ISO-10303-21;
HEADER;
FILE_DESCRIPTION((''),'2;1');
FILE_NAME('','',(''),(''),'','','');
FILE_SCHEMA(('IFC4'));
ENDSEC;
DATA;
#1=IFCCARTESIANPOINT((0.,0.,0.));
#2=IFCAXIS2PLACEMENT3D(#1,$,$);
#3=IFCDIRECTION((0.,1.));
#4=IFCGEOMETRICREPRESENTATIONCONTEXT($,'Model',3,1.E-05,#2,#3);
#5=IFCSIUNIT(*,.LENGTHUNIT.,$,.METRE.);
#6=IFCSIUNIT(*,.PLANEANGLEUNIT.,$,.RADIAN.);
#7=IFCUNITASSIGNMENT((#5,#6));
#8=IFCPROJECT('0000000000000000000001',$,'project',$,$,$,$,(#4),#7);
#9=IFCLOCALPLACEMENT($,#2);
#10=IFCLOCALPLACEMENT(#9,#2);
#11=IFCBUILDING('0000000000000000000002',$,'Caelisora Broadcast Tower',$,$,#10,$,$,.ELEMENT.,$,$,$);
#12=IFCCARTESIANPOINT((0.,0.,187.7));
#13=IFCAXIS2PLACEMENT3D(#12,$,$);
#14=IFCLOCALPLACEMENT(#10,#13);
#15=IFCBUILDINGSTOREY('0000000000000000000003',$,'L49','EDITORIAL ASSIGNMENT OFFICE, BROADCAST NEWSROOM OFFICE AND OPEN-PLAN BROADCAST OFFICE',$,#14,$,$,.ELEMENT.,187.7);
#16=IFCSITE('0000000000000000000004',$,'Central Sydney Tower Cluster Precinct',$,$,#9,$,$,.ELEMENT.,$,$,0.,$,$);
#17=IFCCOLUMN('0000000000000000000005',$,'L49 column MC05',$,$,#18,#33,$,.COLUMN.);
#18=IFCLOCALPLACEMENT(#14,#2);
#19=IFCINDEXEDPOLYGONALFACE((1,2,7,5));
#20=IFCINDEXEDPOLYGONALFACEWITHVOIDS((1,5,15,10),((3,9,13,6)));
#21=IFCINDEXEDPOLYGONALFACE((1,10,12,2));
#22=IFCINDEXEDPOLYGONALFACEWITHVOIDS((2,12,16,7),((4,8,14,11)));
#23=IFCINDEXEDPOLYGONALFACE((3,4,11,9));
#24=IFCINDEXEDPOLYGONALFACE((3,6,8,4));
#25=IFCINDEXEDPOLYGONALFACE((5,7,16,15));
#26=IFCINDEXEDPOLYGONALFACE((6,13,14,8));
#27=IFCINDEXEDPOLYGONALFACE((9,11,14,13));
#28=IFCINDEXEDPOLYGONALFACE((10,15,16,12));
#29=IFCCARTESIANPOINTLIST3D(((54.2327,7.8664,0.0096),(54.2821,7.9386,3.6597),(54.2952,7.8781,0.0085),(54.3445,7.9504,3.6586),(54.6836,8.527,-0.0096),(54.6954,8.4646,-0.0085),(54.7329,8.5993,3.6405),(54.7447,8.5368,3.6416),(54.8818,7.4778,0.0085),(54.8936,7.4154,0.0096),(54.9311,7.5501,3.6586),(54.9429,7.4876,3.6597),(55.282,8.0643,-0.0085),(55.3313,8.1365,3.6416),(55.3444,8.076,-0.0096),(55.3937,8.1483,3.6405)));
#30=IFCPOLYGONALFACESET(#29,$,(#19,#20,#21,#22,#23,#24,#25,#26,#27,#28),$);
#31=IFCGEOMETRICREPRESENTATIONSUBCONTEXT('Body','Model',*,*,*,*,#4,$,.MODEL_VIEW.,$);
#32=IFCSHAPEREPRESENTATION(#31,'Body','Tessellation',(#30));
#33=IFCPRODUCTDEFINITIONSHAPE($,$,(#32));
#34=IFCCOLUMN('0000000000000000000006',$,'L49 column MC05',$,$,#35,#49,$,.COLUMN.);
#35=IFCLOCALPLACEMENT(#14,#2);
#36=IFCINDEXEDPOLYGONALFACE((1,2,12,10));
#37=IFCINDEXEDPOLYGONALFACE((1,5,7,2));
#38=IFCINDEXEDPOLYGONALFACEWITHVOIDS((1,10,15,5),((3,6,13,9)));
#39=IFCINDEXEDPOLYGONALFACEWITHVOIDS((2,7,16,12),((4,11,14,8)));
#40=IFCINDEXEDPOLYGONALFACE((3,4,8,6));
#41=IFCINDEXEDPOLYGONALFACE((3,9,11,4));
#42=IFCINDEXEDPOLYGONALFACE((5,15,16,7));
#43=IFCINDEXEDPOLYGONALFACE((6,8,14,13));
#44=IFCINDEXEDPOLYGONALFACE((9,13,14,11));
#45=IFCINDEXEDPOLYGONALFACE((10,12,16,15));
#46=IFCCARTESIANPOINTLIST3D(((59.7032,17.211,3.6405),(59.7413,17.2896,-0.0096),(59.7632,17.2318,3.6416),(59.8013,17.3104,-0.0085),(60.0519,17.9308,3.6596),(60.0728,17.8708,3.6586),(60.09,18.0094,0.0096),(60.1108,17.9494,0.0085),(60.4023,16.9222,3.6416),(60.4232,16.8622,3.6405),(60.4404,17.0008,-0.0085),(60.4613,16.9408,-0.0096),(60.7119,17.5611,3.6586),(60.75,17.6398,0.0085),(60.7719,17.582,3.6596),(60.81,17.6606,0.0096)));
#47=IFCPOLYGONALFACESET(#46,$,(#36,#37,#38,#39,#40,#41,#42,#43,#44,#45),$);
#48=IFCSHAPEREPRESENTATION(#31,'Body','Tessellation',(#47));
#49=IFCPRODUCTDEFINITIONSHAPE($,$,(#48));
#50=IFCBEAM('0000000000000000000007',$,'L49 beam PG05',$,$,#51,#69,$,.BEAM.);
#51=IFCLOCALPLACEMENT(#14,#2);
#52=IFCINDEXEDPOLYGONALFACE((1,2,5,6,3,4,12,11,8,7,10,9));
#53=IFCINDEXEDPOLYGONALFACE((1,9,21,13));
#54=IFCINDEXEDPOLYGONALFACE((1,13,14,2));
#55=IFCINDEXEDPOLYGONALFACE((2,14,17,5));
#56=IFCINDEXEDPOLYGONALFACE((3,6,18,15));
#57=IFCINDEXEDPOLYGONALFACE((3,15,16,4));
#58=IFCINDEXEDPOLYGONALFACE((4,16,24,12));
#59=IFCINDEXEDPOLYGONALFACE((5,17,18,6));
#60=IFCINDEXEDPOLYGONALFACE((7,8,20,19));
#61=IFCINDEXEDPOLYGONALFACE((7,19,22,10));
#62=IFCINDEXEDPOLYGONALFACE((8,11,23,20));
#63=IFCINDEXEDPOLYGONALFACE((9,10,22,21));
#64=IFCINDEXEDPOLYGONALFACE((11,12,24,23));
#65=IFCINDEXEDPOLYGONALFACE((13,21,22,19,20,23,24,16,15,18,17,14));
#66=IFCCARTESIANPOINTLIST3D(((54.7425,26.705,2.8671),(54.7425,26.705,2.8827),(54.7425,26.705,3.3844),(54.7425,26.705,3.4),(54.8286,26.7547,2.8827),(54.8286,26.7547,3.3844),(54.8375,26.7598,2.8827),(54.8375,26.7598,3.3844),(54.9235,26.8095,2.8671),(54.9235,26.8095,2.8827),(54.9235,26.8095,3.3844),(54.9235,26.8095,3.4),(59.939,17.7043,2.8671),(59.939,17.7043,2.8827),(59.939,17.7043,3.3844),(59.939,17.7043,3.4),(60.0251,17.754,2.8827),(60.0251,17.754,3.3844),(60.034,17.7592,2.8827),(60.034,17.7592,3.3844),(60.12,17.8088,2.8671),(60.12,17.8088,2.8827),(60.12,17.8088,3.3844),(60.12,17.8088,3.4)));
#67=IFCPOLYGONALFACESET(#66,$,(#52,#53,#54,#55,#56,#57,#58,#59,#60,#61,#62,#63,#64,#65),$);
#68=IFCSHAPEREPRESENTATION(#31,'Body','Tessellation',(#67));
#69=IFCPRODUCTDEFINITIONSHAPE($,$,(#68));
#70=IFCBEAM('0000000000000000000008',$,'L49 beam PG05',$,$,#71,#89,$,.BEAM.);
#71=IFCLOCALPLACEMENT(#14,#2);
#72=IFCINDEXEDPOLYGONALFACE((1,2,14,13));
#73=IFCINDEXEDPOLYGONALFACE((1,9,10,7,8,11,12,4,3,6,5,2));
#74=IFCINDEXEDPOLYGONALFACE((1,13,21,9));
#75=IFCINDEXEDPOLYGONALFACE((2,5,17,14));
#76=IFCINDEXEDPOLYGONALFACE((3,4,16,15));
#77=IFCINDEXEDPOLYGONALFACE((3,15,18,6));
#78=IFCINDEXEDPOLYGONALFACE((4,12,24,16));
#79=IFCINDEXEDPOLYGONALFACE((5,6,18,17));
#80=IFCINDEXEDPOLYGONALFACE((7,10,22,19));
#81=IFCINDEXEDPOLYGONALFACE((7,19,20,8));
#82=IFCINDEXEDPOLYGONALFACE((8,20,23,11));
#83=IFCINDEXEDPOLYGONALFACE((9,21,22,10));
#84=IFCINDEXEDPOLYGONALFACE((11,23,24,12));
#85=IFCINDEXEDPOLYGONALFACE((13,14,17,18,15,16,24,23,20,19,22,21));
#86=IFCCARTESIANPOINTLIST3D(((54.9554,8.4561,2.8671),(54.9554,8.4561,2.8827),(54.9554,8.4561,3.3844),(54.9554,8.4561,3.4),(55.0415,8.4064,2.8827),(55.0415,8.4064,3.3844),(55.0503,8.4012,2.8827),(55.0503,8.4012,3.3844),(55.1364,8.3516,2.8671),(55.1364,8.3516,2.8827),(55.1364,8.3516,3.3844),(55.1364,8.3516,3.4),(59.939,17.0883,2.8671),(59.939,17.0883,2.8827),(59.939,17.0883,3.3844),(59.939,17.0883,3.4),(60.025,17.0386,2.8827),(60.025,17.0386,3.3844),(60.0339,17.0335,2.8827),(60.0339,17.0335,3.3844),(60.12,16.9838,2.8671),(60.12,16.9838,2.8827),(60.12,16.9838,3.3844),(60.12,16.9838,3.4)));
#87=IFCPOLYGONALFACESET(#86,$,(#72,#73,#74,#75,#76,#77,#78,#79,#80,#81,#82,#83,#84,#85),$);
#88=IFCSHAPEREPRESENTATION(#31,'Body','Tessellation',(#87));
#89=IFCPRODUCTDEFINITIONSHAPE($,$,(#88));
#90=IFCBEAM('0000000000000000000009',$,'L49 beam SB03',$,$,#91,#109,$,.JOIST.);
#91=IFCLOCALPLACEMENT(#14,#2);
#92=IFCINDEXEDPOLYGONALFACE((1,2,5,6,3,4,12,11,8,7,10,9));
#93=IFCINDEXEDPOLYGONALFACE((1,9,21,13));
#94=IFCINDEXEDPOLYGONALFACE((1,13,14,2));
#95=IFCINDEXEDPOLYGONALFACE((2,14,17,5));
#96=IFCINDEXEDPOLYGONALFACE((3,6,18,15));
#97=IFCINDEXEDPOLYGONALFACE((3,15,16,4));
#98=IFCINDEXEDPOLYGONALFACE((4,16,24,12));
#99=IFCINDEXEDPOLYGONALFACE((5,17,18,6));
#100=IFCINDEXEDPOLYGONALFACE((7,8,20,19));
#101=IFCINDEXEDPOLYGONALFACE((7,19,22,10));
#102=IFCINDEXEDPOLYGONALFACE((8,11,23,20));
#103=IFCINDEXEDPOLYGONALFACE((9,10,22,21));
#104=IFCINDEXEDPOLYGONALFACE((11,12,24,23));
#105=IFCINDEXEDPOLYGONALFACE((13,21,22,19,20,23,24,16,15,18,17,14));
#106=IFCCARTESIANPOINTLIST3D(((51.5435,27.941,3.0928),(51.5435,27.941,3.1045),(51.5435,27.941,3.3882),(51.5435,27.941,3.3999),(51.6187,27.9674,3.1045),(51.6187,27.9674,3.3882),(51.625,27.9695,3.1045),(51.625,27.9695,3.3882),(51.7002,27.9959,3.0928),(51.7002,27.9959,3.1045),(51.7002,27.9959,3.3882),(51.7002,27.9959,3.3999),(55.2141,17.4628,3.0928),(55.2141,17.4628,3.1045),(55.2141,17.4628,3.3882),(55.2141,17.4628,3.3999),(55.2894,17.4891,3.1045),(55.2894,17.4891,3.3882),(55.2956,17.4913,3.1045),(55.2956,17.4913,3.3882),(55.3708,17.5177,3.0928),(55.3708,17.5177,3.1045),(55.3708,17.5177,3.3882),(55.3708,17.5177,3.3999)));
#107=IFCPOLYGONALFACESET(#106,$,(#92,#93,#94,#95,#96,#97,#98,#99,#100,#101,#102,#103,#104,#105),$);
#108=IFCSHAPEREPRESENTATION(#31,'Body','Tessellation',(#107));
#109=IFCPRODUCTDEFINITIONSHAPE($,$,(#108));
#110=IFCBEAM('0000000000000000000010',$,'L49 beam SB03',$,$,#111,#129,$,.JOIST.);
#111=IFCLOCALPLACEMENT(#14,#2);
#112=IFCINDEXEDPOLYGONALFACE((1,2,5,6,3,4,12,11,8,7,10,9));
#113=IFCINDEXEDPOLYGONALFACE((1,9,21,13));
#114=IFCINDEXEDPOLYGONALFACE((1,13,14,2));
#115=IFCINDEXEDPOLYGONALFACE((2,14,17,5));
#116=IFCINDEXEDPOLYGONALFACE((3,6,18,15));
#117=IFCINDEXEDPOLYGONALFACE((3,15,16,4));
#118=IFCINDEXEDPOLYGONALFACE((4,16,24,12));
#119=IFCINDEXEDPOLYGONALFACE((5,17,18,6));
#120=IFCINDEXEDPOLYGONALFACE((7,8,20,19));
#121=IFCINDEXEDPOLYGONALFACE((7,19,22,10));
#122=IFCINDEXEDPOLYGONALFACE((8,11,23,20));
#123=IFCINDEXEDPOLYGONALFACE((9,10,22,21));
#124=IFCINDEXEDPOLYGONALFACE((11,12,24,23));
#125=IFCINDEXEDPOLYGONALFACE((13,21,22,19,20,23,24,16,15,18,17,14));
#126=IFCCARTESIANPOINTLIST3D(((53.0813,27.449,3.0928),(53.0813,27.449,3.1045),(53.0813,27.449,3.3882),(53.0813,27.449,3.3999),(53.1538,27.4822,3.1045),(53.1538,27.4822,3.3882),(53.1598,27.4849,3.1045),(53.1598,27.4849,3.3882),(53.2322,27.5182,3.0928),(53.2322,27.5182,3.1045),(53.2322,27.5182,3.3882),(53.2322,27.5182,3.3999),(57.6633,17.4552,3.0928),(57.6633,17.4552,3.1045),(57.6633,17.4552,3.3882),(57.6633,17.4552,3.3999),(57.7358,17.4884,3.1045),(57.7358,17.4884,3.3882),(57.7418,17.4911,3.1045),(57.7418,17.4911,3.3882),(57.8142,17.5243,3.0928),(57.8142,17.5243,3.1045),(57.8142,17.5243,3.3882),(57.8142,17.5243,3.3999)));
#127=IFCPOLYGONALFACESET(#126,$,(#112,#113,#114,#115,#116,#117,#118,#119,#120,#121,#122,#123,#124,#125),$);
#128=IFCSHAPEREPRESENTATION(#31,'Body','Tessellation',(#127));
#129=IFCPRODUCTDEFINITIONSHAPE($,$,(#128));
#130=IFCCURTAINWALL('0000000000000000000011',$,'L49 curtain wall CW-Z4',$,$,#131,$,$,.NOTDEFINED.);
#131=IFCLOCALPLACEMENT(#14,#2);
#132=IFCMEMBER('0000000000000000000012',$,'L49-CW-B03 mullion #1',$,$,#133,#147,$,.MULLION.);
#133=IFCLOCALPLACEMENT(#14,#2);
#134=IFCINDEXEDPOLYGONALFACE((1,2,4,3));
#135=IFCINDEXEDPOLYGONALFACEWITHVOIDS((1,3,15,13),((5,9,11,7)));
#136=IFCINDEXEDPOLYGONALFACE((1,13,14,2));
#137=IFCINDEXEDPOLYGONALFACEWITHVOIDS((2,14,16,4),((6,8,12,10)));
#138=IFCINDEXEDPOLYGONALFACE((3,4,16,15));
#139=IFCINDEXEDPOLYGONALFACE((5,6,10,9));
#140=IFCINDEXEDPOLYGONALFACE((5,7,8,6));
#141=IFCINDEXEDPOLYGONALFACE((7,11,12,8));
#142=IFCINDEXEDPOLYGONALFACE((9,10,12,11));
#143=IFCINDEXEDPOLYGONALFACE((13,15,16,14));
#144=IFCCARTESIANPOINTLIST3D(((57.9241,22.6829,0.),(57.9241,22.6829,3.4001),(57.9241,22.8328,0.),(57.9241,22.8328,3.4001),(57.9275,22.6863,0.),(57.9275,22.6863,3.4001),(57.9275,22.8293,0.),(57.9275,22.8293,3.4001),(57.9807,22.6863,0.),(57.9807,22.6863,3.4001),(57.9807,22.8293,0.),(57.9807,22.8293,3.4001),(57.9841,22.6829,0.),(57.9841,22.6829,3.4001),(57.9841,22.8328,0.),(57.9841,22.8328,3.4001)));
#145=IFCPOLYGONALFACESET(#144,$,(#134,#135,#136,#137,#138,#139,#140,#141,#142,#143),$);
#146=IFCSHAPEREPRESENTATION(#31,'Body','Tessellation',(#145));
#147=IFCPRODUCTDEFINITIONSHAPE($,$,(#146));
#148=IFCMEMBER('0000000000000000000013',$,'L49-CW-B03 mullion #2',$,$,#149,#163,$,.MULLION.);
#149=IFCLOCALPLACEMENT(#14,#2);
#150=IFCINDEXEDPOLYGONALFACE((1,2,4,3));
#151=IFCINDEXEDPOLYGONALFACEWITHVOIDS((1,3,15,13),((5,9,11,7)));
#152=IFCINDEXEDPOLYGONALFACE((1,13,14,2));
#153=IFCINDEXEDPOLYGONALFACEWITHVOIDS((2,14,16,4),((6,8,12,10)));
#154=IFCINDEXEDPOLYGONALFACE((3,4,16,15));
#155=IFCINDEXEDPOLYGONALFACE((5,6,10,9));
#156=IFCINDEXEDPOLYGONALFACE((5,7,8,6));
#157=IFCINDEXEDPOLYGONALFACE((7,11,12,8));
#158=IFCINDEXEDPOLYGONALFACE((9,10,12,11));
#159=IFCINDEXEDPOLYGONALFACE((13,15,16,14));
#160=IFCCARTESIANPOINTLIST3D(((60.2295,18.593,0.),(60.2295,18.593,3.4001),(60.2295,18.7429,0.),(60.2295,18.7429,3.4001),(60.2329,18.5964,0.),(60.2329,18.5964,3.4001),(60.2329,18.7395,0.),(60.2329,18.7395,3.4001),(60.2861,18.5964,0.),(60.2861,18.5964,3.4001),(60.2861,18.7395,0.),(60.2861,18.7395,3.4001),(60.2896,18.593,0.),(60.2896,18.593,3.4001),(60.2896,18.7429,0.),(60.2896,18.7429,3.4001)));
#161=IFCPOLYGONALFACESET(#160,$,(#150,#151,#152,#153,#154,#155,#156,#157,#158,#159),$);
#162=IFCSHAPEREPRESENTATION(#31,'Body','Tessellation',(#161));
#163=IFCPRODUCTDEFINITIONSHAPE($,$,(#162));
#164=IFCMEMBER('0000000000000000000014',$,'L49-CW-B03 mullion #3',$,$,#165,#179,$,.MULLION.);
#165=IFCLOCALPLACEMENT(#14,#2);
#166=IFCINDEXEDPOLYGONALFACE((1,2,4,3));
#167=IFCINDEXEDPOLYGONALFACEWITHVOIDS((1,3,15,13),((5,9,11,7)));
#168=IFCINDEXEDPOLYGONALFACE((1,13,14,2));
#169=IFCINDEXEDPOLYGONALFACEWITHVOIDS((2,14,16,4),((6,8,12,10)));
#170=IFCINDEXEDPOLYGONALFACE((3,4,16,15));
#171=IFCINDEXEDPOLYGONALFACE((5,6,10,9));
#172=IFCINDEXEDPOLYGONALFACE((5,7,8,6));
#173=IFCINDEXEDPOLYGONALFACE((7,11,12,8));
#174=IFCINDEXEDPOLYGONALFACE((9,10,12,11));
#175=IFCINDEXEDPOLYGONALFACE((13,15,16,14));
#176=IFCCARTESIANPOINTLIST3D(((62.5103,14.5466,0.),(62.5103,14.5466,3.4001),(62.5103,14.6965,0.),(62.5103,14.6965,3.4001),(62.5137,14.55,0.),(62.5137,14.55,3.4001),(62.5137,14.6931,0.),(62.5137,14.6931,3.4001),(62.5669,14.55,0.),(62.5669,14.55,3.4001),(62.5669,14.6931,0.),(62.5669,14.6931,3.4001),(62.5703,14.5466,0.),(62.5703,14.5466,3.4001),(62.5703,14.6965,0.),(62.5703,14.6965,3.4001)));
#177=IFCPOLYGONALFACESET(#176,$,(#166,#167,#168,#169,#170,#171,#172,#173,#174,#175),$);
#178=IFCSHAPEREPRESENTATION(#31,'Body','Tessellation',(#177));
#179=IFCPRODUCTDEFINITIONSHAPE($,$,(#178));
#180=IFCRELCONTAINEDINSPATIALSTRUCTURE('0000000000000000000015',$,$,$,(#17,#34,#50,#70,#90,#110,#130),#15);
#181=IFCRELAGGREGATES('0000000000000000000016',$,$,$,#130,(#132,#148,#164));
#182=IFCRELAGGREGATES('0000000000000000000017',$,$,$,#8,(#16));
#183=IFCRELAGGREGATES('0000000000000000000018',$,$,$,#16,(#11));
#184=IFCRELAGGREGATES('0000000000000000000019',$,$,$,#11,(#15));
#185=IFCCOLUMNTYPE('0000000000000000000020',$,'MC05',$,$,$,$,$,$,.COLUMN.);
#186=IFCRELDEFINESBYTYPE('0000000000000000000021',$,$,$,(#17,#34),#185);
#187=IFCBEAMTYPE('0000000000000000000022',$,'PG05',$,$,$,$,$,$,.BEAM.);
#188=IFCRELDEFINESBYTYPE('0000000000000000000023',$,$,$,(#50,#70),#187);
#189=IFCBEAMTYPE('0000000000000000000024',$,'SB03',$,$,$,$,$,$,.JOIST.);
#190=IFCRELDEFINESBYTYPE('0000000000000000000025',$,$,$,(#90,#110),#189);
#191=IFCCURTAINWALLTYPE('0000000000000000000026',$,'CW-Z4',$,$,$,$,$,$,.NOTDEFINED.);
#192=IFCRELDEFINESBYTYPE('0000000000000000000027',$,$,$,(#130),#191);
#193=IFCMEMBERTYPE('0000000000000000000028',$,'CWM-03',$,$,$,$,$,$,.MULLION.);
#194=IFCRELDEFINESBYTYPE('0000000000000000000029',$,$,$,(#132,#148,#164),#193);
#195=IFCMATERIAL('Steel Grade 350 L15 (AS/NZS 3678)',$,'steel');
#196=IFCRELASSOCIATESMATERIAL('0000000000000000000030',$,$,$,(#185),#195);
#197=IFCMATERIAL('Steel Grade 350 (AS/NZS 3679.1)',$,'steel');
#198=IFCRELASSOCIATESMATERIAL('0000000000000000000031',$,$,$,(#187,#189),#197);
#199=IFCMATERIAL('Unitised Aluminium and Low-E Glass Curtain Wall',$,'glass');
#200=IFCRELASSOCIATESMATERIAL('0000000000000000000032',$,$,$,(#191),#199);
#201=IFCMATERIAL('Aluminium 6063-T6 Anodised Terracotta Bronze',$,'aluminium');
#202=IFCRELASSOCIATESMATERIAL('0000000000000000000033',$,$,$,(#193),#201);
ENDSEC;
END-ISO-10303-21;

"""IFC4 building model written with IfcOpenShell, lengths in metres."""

from ifc_helpers import new_model, si_unit, direction, frame, origin, origin_2d, place, context, subcontext, project, spatial, hollow_rectangle, i_section, extrude, source, transform, mapped, material, material_profile, profile_set, type_object, type_shapes, element, aggregate, save


model = new_model("IFC4")

# Units and contexts
model_context = context("Model", 3, precision=1e-05, world=origin(), true_north=direction((0.0, 1.0)))
body_context = subcontext(model_context, "Body", "Model", "MODEL_VIEW")
ifc_project = project(units=[si_unit("LENGTHUNIT", "METRE"), si_unit("PLANEANGLEUNIT", "RADIAN")], contexts=[model_context])

# Site, building, storey
site_placement = place(None, origin())
site = spatial("IfcSite", under=ifc_project, at=site_placement, Name="Central Sydney Tower Cluster Precinct", CompositionType="ELEMENT", RefElevation=0.0)
building_placement = place(site_placement, origin())
building = spatial("IfcBuilding", under=site, at=building_placement, Name="Caelisora Broadcast Tower", CompositionType="ELEMENT")
storey_placement = place(building_placement, frame((0.0, 0.0, 187.7)))
storey = spatial("IfcBuildingStorey", under=building, at=storey_placement, Name="L49", Description="EDITORIAL ASSIGNMENT OFFICE, BROADCAST NEWSROOM OFFICE AND OPEN-PLAN BROADCAST OFFICE", CompositionType="ELEMENT", Elevation=187.7)

# Columns
ifc_material_1 = material(Name="Steel Grade 350 L15 (AS/NZS 3678)", Category="steel")
ifc_material_profile_1 = material_profile(ifc_material_1, hollow_rectangle(XDim=0.8, YDim=0.8, WallThickness=0.0449, at=origin_2d()), Name="Steel Grade 350 L15 (AS/NZS 3678)")
ifc_profile_set_1 = profile_set([ifc_material_profile_1], Name="Steel Grade 350 L15 (AS/NZS 3678)")
column_type = type_object("IfcColumnType", Name="MC05", PredefinedType="COLUMN", material=ifc_profile_set_1)
shared_shape_1 = source(origin(), body_context, "Body", "SweptSolid", [
    extrude(hollow_rectangle(XDim=0.8, YDim=0.8, WallThickness=0.0449, at=origin_2d()), origin(), (0.0, 0.0, 1.0), 3.6511),
])
type_shapes(column_type, [shared_shape_1])
for number, where, z_axis, x_axis, name in (
    (1, (54.7886, 7.9712, 0.0), (0.013507, 0.019792, 0.999713), (-0.825991, 0.563683, 0.0), "L49 column MC05"),
    (2, (60.2756, 17.4751, 0.0), (-0.010431, -0.021531, 0.999714), (0.899947, -0.435999, 0.0), "L49 column MC05"),
):
    element("IfcColumn", number, at=place(storey_placement, frame(where, z_axis=z_axis, x_axis=x_axis)), inside=storey, type_object=column_type, Name=name, PredefinedType="COLUMN", context=body_context, shape_type="MappedRepresentation", body=[
        mapped(shared_shape_1, transform((0.0, 0.0, 0.0), scale=1.0)),
    ])

# Beams
ifc_material_2 = material(Name="Steel Grade 350 (AS/NZS 3679.1)", Category="steel")
ifc_material_profile_2 = material_profile(ifc_material_2, i_section(OverallWidth=0.209, OverallDepth=0.533, WebThickness=0.0103, FlangeThickness=0.0156, at=origin_2d()), Name="Steel Grade 350 (AS/NZS 3679.1)")
ifc_profile_set_2 = profile_set([ifc_material_profile_2], Name="Steel Grade 350 (AS/NZS 3679.1)")
beam_type_1 = type_object("IfcBeamType", Name="PG05", PredefinedType="BEAM", material=ifc_profile_set_2)
shared_shape_2 = source(origin(), body_context, "Body", "SweptSolid", [
    extrude(i_section(OverallWidth=0.209, OverallDepth=0.533, WebThickness=0.0103, FlangeThickness=0.0156, at=origin_2d()), origin(), (0.0, 0.0, 1.0), 10.3931),
])
beam_1_placement = place(storey_placement, frame((60.0295, 17.7566, 3.1335), z_axis=(-0.499997, 0.866027, 0.0), x_axis=(-0.866027, -0.499997, 0.0)))
element("IfcBeam", 3, at=beam_1_placement, inside=storey, type_object=beam_type_1, Name="L49 beam PG05", PredefinedType="BEAM", context=body_context, shape_type="MappedRepresentation", body=[
    mapped(shared_shape_2, transform((0.0, 0.0, 0.0), scale=1.0)),
])
shared_shape_3 = source(origin(), body_context, "Body", "SweptSolid", [
    extrude(i_section(OverallWidth=0.209, OverallDepth=0.533, WebThickness=0.0103, FlangeThickness=0.0156, at=origin_2d()), origin(), (0.0, 0.0, 1.0), 9.9675),
])
type_shapes(beam_type_1, [shared_shape_2, shared_shape_3])
beam_2_placement = place(storey_placement, frame((55.0459, 8.4038, 3.1335), z_axis=(0.499983, 0.866035, 0.0), x_axis=(-0.866035, 0.499983, 0.0)))
element("IfcBeam", 4, at=beam_2_placement, inside=storey, type_object=beam_type_1, Name="L49 beam PG05", PredefinedType="BEAM", context=body_context, shape_type="MappedRepresentation", body=[
    mapped(shared_shape_3, transform((0.0, 0.0, 0.0), scale=1.0)),
])
ifc_material_profile_3 = material_profile(ifc_material_2, i_section(OverallWidth=0.166, OverallDepth=0.3071, WebThickness=0.0066, FlangeThickness=0.0117, at=origin_2d()), Name="Steel Grade 350 (AS/NZS 3679.1)")
ifc_profile_set_3 = profile_set([ifc_material_profile_3], Name="Steel Grade 350 (AS/NZS 3679.1)")
beam_type_2 = type_object("IfcBeamType", Name="SB03", PredefinedType="JOIST", material=ifc_profile_set_3)
shared_shape_4 = source(origin(), body_context, "Body", "SweptSolid", [
    extrude(i_section(OverallWidth=0.166, OverallDepth=0.3071, WebThickness=0.0066, FlangeThickness=0.0117, at=origin_2d()), origin(), (0.0, 0.0, 1.0), 11.1025),
])
beam_3_placement = place(storey_placement, frame((55.2925, 17.4902, 3.2463), z_axis=(-0.330612, 0.943767, 0.0), x_axis=(-0.943767, -0.330612, 0.0)))
element("IfcBeam", 5, at=beam_3_placement, inside=storey, type_object=beam_type_2, Name="L49 beam SB03", PredefinedType="JOIST", context=body_context, shape_type="MappedRepresentation", body=[
    mapped(shared_shape_4, transform((0.0, 0.0, 0.0), scale=1.0)),
])
shared_shape_5 = source(origin(), body_context, "Body", "SweptSolid", [
    extrude(i_section(OverallWidth=0.166, OverallDepth=0.3071, WebThickness=0.0066, FlangeThickness=0.0117, at=origin_2d()), origin(), (0.0, 0.0, 1.0), 10.9941),
])
type_shapes(beam_type_2, [shared_shape_4, shared_shape_5])
beam_4_placement = place(storey_placement, frame((57.7388, 17.4897, 3.2463), z_axis=(-0.416767, 0.909013, 0.0), x_axis=(-0.909013, -0.416767, 0.0)))
element("IfcBeam", 6, at=beam_4_placement, inside=storey, type_object=beam_type_2, Name="L49 beam SB03", PredefinedType="JOIST", context=body_context, shape_type="MappedRepresentation", body=[
    mapped(shared_shape_5, transform((0.0, 0.0, 0.0), scale=1.0)),
])

# Curtain wall, members
ifc_material_3 = material(Name="Unitised Aluminium and Low-E Glass Curtain Wall", Category="glass")
curtain_wall_type = type_object("IfcCurtainWallType", Name="CW-Z4", PredefinedType="NOTDEFINED", material=ifc_material_3)
curtain_wall_1_placement = place(storey_placement, origin())
curtain_wall_1 = element("IfcCurtainWall", 7, at=curtain_wall_1_placement, inside=storey, type_object=curtain_wall_type, Name="L49 curtain wall CW-Z4", PredefinedType="NOTDEFINED")
ifc_material_4 = material(Name="Aluminium 6063-T6 Anodised Terracotta Bronze", Category="aluminium")
ifc_material_profile_4 = material_profile(ifc_material_4, hollow_rectangle(XDim=0.0601, YDim=0.1499, WallThickness=0.0034, at=origin_2d()), Name="Aluminium 6063-T6 Anodised Terracotta Bronze")
ifc_profile_set_4 = profile_set([ifc_material_profile_4], Name="Aluminium 6063-T6 Anodised Terracotta Bronze")
member_type_1 = type_object("IfcMemberType", Name="CWM-03", PredefinedType="MULLION", material=ifc_profile_set_4)
shared_shape_6 = source(origin(), body_context, "Body", "SweptSolid", [
    extrude(hollow_rectangle(XDim=0.0601, YDim=0.1499, WallThickness=0.0034, at=origin_2d()), origin(), (0.0, 0.0, 1.0), 3.4001),
])
type_shapes(member_type_1, [shared_shape_6])
member_1_placement = place(storey_placement, frame((57.9541, 22.7578, 0.0), z_axis=(0.0, 0.0, 1.0), x_axis=(1.0, 0.0, 0.0)))
member_1 = element("IfcMember", 8, at=member_1_placement, type_object=member_type_1, Name="L49-CW-B03 mullion #1", PredefinedType="MULLION", context=body_context, shape_type="MappedRepresentation", body=[
    mapped(shared_shape_6, transform((0.0, 0.0, 0.0), scale=1.0)),
])
member_2_placement = place(storey_placement, frame((60.2595, 18.668, 0.0), z_axis=(0.0, 0.0, 1.0), x_axis=(1.0, 0.0, 0.0)))
member_2 = element("IfcMember", 9, at=member_2_placement, type_object=member_type_1, Name="L49-CW-B03 mullion #2", PredefinedType="MULLION", context=body_context, shape_type="MappedRepresentation", body=[
    mapped(shared_shape_6, transform((0.0, 0.0, 0.0), scale=1.0)),
])
member_3_placement = place(storey_placement, frame((62.5403, 14.6216, 0.0), z_axis=(0.0, 0.0, 1.0), x_axis=(1.0, 0.0, 0.0)))
member_3 = element("IfcMember", 10, at=member_3_placement, type_object=member_type_1, Name="L49-CW-B03 mullion #3", PredefinedType="MULLION", context=body_context, shape_type="MappedRepresentation", body=[
    mapped(shared_shape_6, transform((0.0, 0.0, 0.0), scale=1.0)),
])

aggregate(curtain_wall_1, [member_1, member_2, member_3])

save(model, "model.ifc")
